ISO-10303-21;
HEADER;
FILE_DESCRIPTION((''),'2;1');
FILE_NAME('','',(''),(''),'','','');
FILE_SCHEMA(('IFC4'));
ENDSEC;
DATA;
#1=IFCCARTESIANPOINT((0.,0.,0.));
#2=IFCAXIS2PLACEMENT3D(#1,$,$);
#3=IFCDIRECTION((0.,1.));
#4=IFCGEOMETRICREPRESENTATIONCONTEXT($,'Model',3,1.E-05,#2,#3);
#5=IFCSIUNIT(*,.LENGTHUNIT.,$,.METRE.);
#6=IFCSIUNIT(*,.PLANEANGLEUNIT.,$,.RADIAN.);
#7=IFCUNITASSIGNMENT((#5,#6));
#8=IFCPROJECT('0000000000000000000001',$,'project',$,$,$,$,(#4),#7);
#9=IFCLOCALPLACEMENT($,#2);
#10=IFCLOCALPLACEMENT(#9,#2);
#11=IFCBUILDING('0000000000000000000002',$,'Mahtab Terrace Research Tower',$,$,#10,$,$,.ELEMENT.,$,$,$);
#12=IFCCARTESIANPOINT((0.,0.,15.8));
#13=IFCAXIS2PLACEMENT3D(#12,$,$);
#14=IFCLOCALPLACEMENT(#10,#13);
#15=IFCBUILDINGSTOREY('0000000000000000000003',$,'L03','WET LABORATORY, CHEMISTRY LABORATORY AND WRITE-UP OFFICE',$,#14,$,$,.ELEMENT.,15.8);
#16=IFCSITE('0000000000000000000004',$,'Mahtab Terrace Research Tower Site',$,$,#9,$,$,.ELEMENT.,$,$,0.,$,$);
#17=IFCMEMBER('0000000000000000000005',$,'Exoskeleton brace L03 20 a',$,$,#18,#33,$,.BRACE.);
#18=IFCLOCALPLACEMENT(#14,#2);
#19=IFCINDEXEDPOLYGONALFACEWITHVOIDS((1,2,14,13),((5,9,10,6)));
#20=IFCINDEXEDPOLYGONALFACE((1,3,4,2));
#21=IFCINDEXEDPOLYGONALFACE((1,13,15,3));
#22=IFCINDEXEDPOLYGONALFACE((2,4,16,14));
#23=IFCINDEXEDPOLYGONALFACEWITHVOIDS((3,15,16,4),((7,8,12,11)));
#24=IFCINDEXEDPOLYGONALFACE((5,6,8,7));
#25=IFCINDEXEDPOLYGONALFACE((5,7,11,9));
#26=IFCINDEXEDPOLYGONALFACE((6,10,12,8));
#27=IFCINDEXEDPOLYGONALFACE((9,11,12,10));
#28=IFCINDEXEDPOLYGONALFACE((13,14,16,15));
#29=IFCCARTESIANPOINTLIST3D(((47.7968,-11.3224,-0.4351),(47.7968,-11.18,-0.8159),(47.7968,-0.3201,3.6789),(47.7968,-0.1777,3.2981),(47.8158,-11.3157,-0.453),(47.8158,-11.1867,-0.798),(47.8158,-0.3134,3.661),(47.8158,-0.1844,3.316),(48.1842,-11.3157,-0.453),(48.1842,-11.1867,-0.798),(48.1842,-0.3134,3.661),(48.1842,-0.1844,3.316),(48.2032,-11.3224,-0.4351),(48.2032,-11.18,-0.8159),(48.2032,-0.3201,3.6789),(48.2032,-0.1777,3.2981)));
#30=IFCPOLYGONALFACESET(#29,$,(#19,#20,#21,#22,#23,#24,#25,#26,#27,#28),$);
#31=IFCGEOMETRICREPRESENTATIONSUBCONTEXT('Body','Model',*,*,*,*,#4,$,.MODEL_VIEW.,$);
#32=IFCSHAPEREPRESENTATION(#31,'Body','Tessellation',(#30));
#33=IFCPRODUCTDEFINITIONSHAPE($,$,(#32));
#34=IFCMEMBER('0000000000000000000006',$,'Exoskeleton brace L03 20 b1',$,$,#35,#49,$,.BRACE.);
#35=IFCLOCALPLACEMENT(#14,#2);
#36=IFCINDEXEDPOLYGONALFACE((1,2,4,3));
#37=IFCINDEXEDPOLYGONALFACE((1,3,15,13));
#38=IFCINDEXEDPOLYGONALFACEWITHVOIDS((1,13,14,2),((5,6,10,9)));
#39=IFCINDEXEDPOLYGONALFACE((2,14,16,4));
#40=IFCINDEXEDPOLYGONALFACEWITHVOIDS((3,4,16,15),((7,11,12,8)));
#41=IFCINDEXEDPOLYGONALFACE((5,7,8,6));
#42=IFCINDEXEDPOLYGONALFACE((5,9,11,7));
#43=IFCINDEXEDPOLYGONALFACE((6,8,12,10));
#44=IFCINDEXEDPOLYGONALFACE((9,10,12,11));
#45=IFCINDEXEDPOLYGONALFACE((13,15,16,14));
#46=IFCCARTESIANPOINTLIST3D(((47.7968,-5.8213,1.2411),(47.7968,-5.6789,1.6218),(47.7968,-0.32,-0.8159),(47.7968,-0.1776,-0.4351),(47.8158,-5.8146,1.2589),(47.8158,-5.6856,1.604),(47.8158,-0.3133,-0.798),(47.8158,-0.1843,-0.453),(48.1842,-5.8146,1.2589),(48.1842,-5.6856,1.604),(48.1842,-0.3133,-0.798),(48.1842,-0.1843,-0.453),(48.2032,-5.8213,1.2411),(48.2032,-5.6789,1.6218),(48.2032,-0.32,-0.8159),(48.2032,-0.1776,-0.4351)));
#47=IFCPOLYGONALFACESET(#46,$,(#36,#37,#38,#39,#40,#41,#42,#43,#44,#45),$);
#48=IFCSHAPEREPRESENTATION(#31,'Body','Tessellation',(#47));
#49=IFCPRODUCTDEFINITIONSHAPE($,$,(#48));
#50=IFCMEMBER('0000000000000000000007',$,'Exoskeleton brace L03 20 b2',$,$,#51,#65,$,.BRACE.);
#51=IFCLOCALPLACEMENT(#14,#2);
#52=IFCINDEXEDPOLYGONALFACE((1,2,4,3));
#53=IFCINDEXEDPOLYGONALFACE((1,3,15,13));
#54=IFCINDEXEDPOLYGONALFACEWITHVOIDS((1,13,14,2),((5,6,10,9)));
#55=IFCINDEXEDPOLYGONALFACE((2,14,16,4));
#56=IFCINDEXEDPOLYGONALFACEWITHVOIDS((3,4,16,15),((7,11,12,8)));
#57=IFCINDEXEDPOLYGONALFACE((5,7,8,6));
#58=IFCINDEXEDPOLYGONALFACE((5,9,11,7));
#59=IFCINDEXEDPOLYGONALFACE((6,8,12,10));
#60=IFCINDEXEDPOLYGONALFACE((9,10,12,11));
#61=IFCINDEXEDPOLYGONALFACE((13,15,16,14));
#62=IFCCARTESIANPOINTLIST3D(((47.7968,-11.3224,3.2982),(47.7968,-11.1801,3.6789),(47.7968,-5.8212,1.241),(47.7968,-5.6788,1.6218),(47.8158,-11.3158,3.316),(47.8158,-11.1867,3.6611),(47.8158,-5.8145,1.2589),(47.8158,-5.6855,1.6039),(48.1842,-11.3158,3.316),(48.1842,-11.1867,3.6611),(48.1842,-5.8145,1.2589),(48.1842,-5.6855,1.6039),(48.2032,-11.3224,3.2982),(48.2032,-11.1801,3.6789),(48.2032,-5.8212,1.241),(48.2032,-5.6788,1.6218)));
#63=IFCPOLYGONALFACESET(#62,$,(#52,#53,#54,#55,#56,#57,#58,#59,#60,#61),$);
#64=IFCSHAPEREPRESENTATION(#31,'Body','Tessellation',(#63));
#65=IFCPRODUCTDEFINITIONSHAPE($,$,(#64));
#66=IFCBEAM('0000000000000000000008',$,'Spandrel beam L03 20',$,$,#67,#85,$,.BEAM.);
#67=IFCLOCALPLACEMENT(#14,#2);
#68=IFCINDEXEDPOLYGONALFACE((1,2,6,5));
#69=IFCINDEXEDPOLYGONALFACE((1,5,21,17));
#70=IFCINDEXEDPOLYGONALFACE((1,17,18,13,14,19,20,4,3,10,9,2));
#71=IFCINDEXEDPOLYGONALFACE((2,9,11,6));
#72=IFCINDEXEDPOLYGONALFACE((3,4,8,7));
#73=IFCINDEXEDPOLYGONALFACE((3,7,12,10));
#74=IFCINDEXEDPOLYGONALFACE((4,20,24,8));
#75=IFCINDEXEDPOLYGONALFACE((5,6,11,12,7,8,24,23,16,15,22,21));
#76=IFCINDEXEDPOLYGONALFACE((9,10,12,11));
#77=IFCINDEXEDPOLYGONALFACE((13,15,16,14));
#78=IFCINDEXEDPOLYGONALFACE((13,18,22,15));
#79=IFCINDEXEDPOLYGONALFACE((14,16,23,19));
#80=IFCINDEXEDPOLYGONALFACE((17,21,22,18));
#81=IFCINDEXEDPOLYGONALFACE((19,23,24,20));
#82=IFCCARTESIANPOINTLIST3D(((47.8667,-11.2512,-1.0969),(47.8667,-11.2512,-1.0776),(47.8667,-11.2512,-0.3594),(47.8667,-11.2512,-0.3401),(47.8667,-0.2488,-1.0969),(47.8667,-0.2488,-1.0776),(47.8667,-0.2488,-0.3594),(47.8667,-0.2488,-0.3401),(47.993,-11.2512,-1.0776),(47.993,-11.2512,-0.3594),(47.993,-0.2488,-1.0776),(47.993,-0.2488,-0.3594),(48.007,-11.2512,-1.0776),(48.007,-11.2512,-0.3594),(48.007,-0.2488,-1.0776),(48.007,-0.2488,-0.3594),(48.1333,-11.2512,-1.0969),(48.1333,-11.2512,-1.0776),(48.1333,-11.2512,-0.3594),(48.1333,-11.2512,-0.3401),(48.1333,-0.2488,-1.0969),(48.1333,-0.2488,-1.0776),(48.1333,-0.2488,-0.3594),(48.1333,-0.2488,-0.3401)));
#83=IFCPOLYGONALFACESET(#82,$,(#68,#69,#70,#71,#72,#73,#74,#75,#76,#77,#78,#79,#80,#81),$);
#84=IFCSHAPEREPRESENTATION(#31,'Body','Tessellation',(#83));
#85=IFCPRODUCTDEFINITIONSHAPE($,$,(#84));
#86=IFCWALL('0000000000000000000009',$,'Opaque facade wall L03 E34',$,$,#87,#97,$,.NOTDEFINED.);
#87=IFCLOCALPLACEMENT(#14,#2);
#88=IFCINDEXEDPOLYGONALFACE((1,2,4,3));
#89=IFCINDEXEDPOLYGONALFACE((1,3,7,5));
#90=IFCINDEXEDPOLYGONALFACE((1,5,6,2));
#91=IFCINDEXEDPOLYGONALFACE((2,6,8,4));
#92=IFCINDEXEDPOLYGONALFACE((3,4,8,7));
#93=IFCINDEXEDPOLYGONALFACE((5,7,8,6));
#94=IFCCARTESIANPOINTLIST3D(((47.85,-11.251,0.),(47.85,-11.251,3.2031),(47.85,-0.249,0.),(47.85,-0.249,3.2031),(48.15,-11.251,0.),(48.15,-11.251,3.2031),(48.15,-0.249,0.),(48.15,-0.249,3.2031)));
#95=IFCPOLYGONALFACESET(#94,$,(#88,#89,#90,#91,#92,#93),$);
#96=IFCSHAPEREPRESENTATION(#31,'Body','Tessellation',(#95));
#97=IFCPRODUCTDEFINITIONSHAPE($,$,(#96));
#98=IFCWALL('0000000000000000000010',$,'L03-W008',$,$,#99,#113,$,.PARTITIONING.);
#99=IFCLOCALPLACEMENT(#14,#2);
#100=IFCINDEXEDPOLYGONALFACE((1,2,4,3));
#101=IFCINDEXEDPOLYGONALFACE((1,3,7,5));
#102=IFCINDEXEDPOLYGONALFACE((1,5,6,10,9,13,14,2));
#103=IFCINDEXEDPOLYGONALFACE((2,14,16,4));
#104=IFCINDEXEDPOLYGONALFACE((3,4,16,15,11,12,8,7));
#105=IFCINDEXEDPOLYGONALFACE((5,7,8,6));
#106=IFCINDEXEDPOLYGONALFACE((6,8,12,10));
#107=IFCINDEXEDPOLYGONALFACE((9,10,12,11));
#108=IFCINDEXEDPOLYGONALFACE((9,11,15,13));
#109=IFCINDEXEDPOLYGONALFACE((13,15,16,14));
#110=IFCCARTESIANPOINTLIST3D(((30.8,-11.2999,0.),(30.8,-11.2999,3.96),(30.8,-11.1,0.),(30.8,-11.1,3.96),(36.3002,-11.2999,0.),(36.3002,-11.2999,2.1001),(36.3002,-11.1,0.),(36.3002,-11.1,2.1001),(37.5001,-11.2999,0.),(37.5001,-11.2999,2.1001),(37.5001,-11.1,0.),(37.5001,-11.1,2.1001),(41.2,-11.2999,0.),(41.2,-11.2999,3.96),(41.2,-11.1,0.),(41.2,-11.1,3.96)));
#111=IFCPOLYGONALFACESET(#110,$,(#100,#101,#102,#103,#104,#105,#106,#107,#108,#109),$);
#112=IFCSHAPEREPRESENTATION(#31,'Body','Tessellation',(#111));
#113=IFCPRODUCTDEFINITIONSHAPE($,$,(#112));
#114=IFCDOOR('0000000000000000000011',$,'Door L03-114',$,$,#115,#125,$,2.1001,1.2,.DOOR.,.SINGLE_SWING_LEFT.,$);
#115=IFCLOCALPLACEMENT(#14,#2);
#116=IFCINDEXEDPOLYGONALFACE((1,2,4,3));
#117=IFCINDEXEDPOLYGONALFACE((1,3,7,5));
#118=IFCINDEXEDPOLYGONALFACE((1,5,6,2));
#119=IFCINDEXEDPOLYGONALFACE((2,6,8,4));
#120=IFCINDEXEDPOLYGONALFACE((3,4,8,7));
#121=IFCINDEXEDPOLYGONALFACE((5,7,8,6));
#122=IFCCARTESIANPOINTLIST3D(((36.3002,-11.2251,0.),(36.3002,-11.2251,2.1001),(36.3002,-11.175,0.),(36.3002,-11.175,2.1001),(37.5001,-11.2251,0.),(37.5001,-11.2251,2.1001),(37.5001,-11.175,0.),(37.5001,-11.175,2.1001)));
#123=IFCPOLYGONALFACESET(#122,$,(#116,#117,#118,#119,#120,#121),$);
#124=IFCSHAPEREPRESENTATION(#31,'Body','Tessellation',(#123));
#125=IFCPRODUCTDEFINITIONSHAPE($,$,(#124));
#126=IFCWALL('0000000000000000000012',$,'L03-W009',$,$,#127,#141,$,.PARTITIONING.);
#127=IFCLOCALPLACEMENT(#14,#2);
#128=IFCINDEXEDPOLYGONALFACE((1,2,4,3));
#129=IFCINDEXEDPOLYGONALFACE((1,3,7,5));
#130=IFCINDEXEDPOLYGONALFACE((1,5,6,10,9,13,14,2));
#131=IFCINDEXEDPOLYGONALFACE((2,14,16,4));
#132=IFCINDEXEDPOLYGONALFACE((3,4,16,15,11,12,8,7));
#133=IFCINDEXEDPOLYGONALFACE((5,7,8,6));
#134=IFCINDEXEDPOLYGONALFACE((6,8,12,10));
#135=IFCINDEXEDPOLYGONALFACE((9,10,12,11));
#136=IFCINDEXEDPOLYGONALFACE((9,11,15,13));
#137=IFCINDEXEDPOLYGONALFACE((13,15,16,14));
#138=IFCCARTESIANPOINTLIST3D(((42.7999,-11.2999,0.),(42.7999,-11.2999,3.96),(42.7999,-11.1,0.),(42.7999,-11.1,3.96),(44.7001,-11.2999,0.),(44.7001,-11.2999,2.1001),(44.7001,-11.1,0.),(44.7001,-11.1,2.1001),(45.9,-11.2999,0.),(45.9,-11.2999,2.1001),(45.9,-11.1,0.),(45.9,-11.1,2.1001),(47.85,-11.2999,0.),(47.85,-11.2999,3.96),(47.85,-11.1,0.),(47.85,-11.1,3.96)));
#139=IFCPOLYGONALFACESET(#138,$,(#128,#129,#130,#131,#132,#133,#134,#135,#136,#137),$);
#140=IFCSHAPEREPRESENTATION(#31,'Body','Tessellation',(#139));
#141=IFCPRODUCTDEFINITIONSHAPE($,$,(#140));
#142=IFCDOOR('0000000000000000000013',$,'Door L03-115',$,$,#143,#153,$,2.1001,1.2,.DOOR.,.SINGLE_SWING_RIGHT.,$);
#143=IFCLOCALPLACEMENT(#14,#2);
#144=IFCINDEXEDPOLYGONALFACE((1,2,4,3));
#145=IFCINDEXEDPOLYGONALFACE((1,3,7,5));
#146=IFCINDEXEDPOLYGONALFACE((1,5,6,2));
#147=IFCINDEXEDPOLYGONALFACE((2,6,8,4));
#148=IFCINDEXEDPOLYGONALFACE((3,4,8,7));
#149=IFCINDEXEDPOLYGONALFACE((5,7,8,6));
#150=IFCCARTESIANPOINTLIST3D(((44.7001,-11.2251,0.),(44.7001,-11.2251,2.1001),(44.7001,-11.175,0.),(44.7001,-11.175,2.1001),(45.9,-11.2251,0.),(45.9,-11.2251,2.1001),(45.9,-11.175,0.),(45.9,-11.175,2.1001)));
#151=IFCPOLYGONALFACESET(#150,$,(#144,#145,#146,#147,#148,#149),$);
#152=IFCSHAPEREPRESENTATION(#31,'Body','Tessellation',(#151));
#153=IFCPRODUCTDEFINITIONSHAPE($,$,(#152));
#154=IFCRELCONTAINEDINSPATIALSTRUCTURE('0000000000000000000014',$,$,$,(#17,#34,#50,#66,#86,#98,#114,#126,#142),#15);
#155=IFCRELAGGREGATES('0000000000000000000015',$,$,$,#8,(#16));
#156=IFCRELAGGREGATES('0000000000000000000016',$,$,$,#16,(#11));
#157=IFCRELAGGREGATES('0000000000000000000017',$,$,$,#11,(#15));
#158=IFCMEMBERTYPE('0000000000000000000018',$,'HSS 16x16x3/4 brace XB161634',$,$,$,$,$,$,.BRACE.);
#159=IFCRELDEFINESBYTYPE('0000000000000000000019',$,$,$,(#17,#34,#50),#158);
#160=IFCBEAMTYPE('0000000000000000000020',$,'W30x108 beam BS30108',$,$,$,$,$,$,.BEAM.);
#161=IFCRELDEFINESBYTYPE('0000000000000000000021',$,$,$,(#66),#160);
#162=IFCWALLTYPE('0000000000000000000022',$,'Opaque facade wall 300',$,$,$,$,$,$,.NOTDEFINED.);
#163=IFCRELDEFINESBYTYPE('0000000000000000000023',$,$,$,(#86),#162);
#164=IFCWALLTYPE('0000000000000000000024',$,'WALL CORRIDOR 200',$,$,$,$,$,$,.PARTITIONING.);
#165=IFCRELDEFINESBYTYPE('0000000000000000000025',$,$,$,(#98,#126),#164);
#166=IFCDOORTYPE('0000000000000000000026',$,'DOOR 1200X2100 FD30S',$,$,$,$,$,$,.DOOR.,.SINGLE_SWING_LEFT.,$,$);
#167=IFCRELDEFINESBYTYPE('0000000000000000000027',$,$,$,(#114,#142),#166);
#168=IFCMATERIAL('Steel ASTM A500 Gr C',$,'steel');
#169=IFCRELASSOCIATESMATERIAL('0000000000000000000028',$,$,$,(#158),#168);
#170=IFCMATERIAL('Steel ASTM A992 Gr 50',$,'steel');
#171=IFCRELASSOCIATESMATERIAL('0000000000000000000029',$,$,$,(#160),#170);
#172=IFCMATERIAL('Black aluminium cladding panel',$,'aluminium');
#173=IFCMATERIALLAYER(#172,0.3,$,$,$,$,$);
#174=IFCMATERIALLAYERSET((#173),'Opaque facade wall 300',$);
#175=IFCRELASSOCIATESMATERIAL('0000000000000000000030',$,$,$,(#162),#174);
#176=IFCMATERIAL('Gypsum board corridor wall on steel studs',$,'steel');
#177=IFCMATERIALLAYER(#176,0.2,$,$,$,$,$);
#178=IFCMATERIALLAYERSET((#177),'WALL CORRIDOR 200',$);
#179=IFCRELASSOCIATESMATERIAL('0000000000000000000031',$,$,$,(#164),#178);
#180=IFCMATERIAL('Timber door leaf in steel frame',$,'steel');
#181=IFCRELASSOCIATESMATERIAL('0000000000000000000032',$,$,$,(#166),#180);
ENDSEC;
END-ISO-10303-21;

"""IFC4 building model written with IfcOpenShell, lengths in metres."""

from ifc_helpers import new_model, si_unit, direction, frame, frame_2d, origin, origin_2d, place, context, subcontext, project, spatial, rectangle, hollow_rectangle, i_section, extrude, material, layer, layer_set, material_profile, profile_set, type_object, element, fill, save


model = new_model("IFC4")

# Units and contexts
model_context = context("Model", 3, precision=1e-05, world=origin(), true_north=direction((0.0, 1.0)))
body_context = subcontext(model_context, "Body", "Model", "MODEL_VIEW")
ifc_project = project(units=[si_unit("LENGTHUNIT", "METRE"), si_unit("PLANEANGLEUNIT", "RADIAN")], contexts=[model_context])

# Site, building, storey
site_placement = place(None, origin())
site = spatial("IfcSite", under=ifc_project, at=site_placement, Name="Mahtab Terrace Research Tower Site", CompositionType="ELEMENT", RefElevation=0.0)
building_placement = place(site_placement, origin())
building = spatial("IfcBuilding", under=site, at=building_placement, Name="Mahtab Terrace Research Tower", CompositionType="ELEMENT")
storey_placement = place(building_placement, frame((0.0, 0.0, 15.8)))
storey = spatial("IfcBuildingStorey", under=building, at=storey_placement, Name="L03", Description="WET LABORATORY, CHEMISTRY LABORATORY AND WRITE-UP OFFICE", CompositionType="ELEMENT", Elevation=15.8)

# Members
ifc_material_1 = material(Name="Steel ASTM A500 Gr C", Category="steel")
ifc_material_profile_1 = material_profile(ifc_material_1, hollow_rectangle(XDim=0.4065, YDim=0.4065, WallThickness=0.019, at=origin_2d()), Name="HSS16X16X3/4")
ifc_profile_set_1 = profile_set([ifc_material_profile_1], Name="Steel ASTM A500 Gr C")
member_type = type_object("IfcMemberType", Name="HSS 16x16x3/4 brace XB161634", PredefinedType="BRACE", material=ifc_profile_set_1)
member_placement = place(storey_placement, frame((48.0, -11.2512, -0.6255), z_axis=(0.0, 0.936662, 0.350235), x_axis=(-1.0, 0.0, 0.0)))
element("IfcMember", 1, at=member_placement, inside=storey, type_object=member_type, Name="Exoskeleton brace L03 20 a", PredefinedType="BRACE", context=body_context, shape_type="SweptSolid", body=[
    extrude(hollow_rectangle(XDim=0.4065, YDim=0.4065, WallThickness=0.019, at=origin_2d()), origin(), (0.0, 0.0, 1.0), 11.7463),
])
for number, where, z_axis, x_axis, name in (
    (2, (48.0, -0.2488, -0.6255), (0.0, -0.936669, 0.350217), (1.0, 0.0, 0.0), "Exoskeleton brace L03 20 b1"),
    (3, (48.0, -5.75, 1.4314), (0.0, -0.936655, 0.350253), (1.0, 0.0, 0.0), "Exoskeleton brace L03 20 b2"),
):
    element("IfcMember", number, at=place(storey_placement, frame(where, z_axis=z_axis, x_axis=x_axis)), inside=storey, type_object=member_type, Name=name, PredefinedType="BRACE", context=body_context, shape_type="SweptSolid", body=[
        extrude(hollow_rectangle(XDim=0.4065, YDim=0.4065, WallThickness=0.019, at=origin_2d()), origin(), (0.0, 0.0, 1.0), 5.8733),
    ])

# Beam
ifc_material_2 = material(Name="Steel ASTM A992 Gr 50", Category="steel")
ifc_material_profile_2 = material_profile(ifc_material_2, i_section(OverallWidth=0.2666, OverallDepth=0.7568, WebThickness=0.0139, FlangeThickness=0.0193, at=origin_2d()), Name="W30X108")
ifc_profile_set_2 = profile_set([ifc_material_profile_2], Name="Steel ASTM A992 Gr 50")
beam_type = type_object("IfcBeamType", Name="W30x108 beam BS30108", PredefinedType="BEAM", material=ifc_profile_set_2)
beam_placement = place(storey_placement, frame((48.0, -11.2512, -0.7185), z_axis=(0.0, 1.0, 0.0), x_axis=(-1.0, 0.0, 0.0)))
element("IfcBeam", 4, at=beam_placement, inside=storey, type_object=beam_type, Name="Spandrel beam L03 20", PredefinedType="BEAM", context=body_context, shape_type="SweptSolid", body=[
    extrude(i_section(OverallWidth=0.2666, OverallDepth=0.7568, WebThickness=0.0139, FlangeThickness=0.0193, at=origin_2d()), origin(), (0.0, 0.0, 1.0), 11.0024),
])

# Wall
ifc_material_3 = material(Name="Black aluminium cladding panel", Category="aluminium")
ifc_layer_1 = layer(ifc_material_3, 0.3)
ifc_layer_set_1 = layer_set([ifc_layer_1], Name="Opaque facade wall 300")
wall_type_1 = type_object("IfcWallType", Name="Opaque facade wall 300", PredefinedType="NOTDEFINED", material=ifc_layer_set_1)
wall_1_placement = place(storey_placement, frame((48.0, -11.251, 0.0), z_axis=(0.0, 0.0, 1.0), x_axis=(0.0, 1.0, 0.0)))
element("IfcWall", 5, at=wall_1_placement, inside=storey, type_object=wall_type_1, Name="Opaque facade wall L03 E34", PredefinedType="NOTDEFINED", context=body_context, shape_type="SweptSolid", body=[
    extrude(rectangle(XDim=11.002, YDim=0.3, at=frame_2d((5.501, 0.0))), origin(), (0.0, 0.0, 1.0), 3.2031),
])

# Walls, openings, doors
ifc_material_4 = material(Name="Gypsum board corridor wall on steel studs", Category="steel")
ifc_layer_2 = layer(ifc_material_4, 0.2)
ifc_layer_set_2 = layer_set([ifc_layer_2], Name="WALL CORRIDOR 200")
wall_type_2 = type_object("IfcWallType", Name="WALL CORRIDOR 200", PredefinedType="PARTITIONING", material=ifc_layer_set_2)
wall_2_placement = place(storey_placement, frame((30.8, -11.2, 0.0), z_axis=(0.0, 0.0, 1.0), x_axis=(1.0, 0.0, 0.0)))
wall_2 = element("IfcWall", 6, at=wall_2_placement, inside=storey, type_object=wall_type_2, Name="L03-W008", PredefinedType="PARTITIONING", context=body_context, shape_type="SweptSolid", body=[
    extrude(rectangle(XDim=10.3999, YDim=0.2, at=frame_2d((5.2, 0.0))), origin(), (0.0, 0.0, 1.0), 3.96),
])
opening_1_placement = place(wall_2_placement, frame((5.5, 0.0, 0.0)))
opening_1 = element("IfcOpeningElement", 7, at=opening_1_placement, cuts=wall_2, PredefinedType="OPENING", context=body_context, shape_type="SweptSolid", body=[
    extrude(rectangle(XDim=1.2, YDim=2.1001, at=frame_2d((0.6001, 1.05))), frame((0.0, 0.1099, 0.0), z_axis=(0.0, -1.0, 0.0), x_axis=(1.0, 0.0, 0.0)), (0.0, 0.0, 1.0), 0.22),
])
ifc_material_5 = material(Name="Timber door leaf in steel frame", Category="steel")
door_type = type_object("IfcDoorType", Name="DOOR 1200X2100 FD30S", OperationType="SINGLE_SWING_LEFT", PredefinedType="DOOR", material=ifc_material_5)
door_1_placement = place(opening_1_placement, origin())
door_1 = element("IfcDoor", 8, at=door_1_placement, inside=storey, type_object=door_type, Name="Door L03-114", OperationType="SINGLE_SWING_LEFT", OverallHeight=2.1001, OverallWidth=1.2, PredefinedType="DOOR", context=body_context, shape_type="SweptSolid", body=[
    extrude(rectangle(XDim=1.2, YDim=2.1001, at=frame_2d((0.6001, 1.05))), frame((0.0, 0.0249, 0.0), z_axis=(0.0, -1.0, 0.0), x_axis=(1.0, 0.0, 0.0)), (0.0, 0.0, 1.0), 0.05),
])
fill(opening_1, door_1)
wall_3_placement = place(storey_placement, frame((42.8, -11.2, 0.0), z_axis=(0.0, 0.0, 1.0), x_axis=(1.0, 0.0, 0.0)))
wall_3 = element("IfcWall", 9, at=wall_3_placement, inside=storey, type_object=wall_type_2, Name="L03-W009", PredefinedType="PARTITIONING", context=body_context, shape_type="SweptSolid", body=[
    extrude(rectangle(XDim=5.05, YDim=0.2, at=frame_2d((2.5249, 0.0))), origin(), (0.0, 0.0, 1.0), 3.96),
])
opening_2_placement = place(wall_3_placement, frame((1.8999, 0.0, 0.0)))
opening_2 = element("IfcOpeningElement", 10, at=opening_2_placement, cuts=wall_3, PredefinedType="OPENING", context=body_context, shape_type="SweptSolid", body=[
    extrude(rectangle(XDim=1.2, YDim=2.1001, at=frame_2d((0.6001, 1.05))), frame((0.0, 0.1099, 0.0), z_axis=(0.0, -1.0, 0.0), x_axis=(1.0, 0.0, 0.0)), (0.0, 0.0, 1.0), 0.22),
])
door_2_placement = place(opening_2_placement, origin())
door_2 = element("IfcDoor", 11, at=door_2_placement, inside=storey, type_object=door_type, Name="Door L03-115", OperationType="SINGLE_SWING_RIGHT", OverallHeight=2.1001, OverallWidth=1.2, PredefinedType="DOOR", context=body_context, shape_type="SweptSolid", body=[
    extrude(rectangle(XDim=1.2, YDim=2.1001, at=frame_2d((0.6001, 1.05))), frame((0.0, 0.0249, 0.0), z_axis=(0.0, -1.0, 0.0), x_axis=(1.0, 0.0, 0.0)), (0.0, 0.0, 1.0), 0.05),
])
fill(opening_2, door_2)

save(model, "model.ifc")
